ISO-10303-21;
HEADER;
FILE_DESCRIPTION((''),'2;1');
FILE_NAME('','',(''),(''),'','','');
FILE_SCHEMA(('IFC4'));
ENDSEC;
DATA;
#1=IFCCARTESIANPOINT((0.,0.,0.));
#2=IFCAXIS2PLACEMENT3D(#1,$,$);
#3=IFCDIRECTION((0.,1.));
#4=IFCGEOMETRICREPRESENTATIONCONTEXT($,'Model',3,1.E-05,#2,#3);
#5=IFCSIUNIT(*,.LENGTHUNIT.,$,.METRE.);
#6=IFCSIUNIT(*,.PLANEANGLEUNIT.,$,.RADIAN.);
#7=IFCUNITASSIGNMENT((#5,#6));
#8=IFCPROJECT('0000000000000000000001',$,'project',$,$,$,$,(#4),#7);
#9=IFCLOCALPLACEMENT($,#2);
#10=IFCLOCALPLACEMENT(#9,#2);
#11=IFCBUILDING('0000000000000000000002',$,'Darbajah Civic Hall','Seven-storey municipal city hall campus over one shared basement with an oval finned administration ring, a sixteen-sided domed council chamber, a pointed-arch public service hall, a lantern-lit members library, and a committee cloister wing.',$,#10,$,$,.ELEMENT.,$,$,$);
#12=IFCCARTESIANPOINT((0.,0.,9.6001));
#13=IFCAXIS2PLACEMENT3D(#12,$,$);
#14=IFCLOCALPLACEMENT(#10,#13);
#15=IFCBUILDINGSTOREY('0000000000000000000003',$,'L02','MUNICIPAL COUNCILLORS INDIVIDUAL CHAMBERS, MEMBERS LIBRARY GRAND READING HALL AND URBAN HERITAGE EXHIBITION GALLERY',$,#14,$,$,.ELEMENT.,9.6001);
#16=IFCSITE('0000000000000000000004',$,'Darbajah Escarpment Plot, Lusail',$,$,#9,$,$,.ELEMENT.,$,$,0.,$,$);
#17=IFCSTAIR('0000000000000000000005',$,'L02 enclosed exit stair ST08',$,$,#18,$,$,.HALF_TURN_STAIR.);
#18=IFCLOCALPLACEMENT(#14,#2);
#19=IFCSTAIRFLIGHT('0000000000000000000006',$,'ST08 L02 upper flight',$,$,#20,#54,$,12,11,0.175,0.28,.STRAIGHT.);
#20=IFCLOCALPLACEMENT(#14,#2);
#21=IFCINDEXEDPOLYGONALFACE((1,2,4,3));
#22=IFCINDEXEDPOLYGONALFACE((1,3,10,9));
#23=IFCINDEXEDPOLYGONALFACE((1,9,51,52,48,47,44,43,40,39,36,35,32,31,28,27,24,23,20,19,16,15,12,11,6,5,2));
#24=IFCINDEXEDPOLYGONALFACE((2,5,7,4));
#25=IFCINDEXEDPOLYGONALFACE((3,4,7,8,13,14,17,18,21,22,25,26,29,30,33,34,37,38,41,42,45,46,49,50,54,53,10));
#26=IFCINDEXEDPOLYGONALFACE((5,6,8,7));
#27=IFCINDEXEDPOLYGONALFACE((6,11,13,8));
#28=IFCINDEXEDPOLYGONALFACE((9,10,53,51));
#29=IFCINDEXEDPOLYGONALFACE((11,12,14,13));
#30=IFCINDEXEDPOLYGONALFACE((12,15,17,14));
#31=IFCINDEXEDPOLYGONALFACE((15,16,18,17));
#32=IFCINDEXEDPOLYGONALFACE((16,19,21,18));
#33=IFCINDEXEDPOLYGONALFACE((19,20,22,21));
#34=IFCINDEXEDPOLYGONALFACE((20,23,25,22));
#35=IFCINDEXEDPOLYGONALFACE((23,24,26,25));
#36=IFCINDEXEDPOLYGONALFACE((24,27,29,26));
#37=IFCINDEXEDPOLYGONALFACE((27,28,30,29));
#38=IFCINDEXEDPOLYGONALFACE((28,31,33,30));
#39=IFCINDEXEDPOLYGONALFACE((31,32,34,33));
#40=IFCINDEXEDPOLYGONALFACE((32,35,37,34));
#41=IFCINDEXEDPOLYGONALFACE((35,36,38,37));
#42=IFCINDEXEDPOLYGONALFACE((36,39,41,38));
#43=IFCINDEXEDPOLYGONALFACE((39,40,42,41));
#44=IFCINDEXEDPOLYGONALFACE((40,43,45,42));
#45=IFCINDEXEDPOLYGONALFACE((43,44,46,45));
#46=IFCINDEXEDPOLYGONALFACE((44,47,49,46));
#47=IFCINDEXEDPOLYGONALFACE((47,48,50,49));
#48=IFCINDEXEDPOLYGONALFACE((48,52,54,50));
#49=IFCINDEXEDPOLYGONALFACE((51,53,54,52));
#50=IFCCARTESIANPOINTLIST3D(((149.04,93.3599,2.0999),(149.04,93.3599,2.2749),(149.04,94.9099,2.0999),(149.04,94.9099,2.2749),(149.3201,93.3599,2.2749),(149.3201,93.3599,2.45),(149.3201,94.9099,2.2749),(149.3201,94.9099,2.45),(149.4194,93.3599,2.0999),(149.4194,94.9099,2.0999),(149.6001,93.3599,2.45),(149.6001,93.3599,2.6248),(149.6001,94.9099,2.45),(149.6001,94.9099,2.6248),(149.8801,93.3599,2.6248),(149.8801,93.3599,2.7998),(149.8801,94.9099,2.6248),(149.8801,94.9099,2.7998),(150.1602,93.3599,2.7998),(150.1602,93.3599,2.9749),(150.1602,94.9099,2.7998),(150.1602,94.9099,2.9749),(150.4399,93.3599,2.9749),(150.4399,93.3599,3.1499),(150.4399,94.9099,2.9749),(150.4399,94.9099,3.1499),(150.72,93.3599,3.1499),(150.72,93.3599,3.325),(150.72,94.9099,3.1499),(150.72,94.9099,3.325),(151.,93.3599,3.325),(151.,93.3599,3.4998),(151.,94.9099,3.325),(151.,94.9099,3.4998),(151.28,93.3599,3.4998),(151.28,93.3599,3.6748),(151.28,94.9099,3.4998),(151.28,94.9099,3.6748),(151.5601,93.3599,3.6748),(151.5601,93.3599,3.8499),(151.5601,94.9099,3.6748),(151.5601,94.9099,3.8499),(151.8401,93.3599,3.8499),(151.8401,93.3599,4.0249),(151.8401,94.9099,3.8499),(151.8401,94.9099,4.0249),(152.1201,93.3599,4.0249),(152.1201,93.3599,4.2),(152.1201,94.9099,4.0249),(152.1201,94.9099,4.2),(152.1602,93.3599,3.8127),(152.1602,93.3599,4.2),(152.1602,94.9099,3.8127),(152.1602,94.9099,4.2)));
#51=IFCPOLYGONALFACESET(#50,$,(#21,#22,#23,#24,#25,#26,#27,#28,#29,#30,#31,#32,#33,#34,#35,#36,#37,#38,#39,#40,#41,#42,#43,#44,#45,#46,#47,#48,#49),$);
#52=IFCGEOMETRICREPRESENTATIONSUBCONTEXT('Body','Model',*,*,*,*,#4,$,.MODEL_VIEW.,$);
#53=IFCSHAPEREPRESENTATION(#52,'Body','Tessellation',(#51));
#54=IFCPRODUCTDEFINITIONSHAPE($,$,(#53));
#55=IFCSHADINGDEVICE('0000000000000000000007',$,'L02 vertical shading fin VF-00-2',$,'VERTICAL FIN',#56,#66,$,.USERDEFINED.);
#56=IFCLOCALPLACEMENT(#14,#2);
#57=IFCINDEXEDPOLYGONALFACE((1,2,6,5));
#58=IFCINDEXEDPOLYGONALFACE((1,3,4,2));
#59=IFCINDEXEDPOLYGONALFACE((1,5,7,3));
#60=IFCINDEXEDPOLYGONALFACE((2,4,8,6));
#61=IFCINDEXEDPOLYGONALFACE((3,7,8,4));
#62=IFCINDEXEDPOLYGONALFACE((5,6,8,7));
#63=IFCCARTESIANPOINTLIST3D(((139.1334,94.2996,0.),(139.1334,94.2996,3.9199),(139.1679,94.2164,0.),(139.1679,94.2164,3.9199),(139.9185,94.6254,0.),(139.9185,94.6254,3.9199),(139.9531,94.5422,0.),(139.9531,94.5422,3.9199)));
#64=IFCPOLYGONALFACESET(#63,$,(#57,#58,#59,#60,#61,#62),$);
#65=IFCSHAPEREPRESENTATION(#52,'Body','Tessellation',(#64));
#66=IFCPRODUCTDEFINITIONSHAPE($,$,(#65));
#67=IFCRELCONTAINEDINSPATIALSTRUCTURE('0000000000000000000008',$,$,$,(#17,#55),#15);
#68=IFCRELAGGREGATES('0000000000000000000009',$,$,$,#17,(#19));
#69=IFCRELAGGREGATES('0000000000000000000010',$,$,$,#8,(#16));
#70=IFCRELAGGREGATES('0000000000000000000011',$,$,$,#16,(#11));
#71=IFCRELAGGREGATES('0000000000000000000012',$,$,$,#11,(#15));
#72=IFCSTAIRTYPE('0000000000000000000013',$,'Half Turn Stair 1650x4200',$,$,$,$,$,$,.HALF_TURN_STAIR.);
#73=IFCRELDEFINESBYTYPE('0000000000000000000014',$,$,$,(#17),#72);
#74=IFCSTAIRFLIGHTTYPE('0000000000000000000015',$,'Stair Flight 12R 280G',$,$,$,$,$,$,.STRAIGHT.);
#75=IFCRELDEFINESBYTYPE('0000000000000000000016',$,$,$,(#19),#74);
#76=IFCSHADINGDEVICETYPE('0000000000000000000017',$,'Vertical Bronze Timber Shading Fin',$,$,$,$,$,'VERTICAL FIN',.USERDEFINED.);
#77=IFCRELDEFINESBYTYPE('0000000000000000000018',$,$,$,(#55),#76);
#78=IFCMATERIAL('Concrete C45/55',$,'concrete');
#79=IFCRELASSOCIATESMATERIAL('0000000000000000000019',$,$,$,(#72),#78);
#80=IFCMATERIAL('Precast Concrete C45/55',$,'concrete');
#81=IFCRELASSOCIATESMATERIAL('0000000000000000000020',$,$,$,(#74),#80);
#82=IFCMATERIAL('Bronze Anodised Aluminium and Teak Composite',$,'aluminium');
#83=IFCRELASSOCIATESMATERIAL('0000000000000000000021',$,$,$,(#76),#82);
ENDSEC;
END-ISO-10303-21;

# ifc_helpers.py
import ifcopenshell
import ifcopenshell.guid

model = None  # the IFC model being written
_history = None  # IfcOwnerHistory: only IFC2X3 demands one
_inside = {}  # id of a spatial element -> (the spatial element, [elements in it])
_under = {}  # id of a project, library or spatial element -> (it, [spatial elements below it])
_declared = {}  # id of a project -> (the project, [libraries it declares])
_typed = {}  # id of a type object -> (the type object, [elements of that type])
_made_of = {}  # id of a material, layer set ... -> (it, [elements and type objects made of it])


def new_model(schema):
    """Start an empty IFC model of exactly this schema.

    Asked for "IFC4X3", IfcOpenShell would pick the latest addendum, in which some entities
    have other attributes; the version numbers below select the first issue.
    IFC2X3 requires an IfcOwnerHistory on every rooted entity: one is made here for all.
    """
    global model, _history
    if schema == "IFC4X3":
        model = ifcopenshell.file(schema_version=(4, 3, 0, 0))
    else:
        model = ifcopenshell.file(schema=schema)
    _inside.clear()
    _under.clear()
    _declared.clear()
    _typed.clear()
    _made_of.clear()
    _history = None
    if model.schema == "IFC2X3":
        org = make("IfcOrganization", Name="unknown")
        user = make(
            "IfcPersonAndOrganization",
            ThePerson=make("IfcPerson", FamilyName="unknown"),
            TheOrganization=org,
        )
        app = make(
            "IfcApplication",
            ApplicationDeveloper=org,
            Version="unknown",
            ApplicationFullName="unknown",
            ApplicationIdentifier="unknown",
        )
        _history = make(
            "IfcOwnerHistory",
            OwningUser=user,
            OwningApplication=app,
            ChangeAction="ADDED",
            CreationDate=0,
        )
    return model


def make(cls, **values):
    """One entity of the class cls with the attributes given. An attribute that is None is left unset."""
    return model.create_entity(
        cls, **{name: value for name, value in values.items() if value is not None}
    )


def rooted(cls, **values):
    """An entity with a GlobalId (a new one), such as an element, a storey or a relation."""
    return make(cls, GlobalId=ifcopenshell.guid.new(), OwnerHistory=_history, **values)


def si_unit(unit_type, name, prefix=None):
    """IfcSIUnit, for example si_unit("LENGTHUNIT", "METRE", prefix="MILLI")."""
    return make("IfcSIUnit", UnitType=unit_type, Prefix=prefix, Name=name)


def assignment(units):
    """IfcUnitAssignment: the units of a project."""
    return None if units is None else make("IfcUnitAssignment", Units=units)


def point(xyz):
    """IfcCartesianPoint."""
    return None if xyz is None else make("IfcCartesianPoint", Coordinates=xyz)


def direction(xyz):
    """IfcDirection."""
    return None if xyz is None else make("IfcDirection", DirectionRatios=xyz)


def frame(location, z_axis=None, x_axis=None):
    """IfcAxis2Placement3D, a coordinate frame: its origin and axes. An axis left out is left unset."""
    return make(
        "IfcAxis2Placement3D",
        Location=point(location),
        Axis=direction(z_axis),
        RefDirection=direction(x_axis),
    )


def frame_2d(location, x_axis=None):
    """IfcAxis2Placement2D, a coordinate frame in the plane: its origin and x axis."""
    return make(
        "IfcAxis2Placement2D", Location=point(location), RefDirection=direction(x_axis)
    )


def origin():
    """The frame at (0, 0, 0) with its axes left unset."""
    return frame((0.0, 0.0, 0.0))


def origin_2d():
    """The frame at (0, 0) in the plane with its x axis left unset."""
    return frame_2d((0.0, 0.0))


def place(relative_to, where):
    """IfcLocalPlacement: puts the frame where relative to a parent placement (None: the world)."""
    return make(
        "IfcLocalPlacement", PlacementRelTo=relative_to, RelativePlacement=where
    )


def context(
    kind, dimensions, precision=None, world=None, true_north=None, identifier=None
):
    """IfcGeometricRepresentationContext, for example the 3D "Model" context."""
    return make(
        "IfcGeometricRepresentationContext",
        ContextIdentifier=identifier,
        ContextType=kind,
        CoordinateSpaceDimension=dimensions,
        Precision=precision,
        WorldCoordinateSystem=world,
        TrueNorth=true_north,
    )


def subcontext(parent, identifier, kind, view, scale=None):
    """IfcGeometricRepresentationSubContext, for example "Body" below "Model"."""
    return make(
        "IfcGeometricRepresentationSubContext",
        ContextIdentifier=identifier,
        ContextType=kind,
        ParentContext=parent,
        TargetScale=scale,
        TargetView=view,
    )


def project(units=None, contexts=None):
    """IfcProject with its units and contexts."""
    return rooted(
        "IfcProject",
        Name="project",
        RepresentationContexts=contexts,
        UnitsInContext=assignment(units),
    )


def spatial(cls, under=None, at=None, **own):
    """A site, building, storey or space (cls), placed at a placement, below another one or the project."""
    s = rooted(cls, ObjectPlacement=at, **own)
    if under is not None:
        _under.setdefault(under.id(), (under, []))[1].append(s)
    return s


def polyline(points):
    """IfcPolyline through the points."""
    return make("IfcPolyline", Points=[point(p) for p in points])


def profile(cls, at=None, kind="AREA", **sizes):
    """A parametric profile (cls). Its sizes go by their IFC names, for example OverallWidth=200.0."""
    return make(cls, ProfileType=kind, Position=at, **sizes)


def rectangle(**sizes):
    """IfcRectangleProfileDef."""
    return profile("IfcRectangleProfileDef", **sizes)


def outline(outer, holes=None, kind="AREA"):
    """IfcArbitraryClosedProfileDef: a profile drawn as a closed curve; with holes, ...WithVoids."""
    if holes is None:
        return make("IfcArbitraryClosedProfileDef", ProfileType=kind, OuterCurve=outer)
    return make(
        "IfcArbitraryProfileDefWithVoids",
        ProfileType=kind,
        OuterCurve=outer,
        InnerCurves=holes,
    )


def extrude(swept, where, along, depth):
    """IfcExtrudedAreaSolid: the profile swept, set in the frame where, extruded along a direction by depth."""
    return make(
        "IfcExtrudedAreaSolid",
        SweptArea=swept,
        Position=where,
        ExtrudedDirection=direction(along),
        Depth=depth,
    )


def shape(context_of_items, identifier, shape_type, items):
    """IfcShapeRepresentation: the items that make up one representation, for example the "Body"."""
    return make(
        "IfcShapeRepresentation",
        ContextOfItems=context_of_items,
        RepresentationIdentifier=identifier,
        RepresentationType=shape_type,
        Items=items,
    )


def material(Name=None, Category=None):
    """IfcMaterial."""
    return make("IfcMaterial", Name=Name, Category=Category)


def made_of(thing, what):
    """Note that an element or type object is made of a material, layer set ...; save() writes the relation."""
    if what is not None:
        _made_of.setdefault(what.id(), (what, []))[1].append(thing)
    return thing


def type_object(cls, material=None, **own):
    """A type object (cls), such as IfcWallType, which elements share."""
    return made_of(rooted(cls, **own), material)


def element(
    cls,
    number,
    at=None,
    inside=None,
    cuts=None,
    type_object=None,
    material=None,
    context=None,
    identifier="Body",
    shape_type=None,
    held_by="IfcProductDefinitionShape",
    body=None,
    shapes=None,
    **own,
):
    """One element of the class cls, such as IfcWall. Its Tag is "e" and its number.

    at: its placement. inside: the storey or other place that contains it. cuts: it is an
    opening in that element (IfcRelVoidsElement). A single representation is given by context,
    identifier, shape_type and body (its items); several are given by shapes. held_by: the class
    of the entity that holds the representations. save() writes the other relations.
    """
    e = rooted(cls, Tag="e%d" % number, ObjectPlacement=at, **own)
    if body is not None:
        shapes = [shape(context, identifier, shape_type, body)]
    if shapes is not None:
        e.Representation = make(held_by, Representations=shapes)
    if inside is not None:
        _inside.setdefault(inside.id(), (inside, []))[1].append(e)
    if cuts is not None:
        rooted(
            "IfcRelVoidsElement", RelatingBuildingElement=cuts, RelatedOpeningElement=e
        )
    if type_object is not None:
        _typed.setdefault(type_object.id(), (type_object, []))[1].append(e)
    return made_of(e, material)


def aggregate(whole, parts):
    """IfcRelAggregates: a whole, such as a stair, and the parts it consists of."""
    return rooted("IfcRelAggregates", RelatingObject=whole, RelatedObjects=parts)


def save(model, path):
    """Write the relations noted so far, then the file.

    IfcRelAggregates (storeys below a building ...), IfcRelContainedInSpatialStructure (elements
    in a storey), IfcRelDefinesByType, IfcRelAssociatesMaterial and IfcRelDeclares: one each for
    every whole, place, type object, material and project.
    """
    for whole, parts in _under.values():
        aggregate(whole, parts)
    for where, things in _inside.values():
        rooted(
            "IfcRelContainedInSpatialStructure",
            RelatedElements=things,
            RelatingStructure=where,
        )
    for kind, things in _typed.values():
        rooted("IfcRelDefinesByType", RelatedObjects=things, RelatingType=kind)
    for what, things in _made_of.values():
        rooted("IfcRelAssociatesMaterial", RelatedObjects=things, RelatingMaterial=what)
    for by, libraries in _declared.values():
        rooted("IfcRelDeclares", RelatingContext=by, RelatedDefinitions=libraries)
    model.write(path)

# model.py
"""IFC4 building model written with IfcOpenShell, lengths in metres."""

from ifc_helpers import new_model, si_unit, direction, frame, origin, origin_2d, place, context, subcontext, project, spatial, polyline, rectangle, outline, extrude, material, type_object, element, aggregate, save


model = new_model("IFC4")

# Units and contexts
model_context = context("Model", 3, precision=1e-05, world=origin(), true_north=direction((0.0, 1.0)))
body_context = subcontext(model_context, "Body", "Model", "MODEL_VIEW")
ifc_project = project(units=[si_unit("LENGTHUNIT", "METRE"), si_unit("PLANEANGLEUNIT", "RADIAN")], contexts=[model_context])

# Site, building, storey
site_placement = place(None, origin())
site = spatial("IfcSite", under=ifc_project, at=site_placement, Name="Darbajah Escarpment Plot, Lusail", CompositionType="ELEMENT", RefElevation=0.0)
building_placement = place(site_placement, origin())
building = spatial("IfcBuilding", under=site, at=building_placement, Name="Darbajah Civic Hall", Description="Seven-storey municipal city hall campus over one shared basement with an oval finned administration ring, a sixteen-sided domed council chamber, a pointed-arch public service hall, a lantern-lit members library, and a committee cloister wing.", CompositionType="ELEMENT")
storey_placement = place(building_placement, frame((0.0, 0.0, 9.6001)))
storey = spatial("IfcBuildingStorey", under=building, at=storey_placement, Name="L02", Description="MUNICIPAL COUNCILLORS INDIVIDUAL CHAMBERS, MEMBERS LIBRARY GRAND READING HALL AND URBAN HERITAGE EXHIBITION GALLERY", CompositionType="ELEMENT", Elevation=9.6001)

# Shared definitions
ifc_material_1 = material(Name="Concrete C45/55", Category="concrete")

# Stair, stair flight
stair_type = type_object("IfcStairType", Name="Half Turn Stair 1650x4200", PredefinedType="HALF_TURN_STAIR", material=ifc_material_1)
stair_placement = place(storey_placement, origin())
stair = element("IfcStair", 1, at=stair_placement, inside=storey, type_object=stair_type, Name="L02 enclosed exit stair ST08", PredefinedType="HALF_TURN_STAIR")
ifc_material_2 = material(Name="Precast Concrete C45/55", Category="concrete")
stair_flight_type = type_object("IfcStairFlightType", Name="Stair Flight 12R 280G", PredefinedType="STRAIGHT", material=ifc_material_2)
stair_flight_placement = place(storey_placement, frame((149.04, 94.135, 2.0999), z_axis=(0.0, 0.0, 1.0), x_axis=(1.0, 0.0, 0.0)))
stair_flight = element("IfcStairFlight", 2, at=stair_flight_placement, type_object=stair_flight_type, Name="ST08 L02 upper flight", NumberOfRisers=12, NumberOfTreads=11, PredefinedType="STRAIGHT", RiserHeight=0.175, TreadLength=0.28, context=body_context, shape_type="SweptSolid", body=[
    extrude(outline(polyline([(0.0, 0.0), (0.0, 0.175), (0.28, 0.175), (0.28, 0.3501), (0.5601, 0.3501), (0.5601, 0.5249), (0.8401, 0.5249), (0.8401, 0.7), (1.1201, 0.7), (1.1201, 0.875), (1.3999, 0.875), (1.3999, 1.05), (1.6799, 1.05), (1.6799, 1.2251), (1.96, 1.2251), (1.96, 1.3999), (2.24, 1.3999), (2.24, 1.575), (2.52, 1.575), (2.52, 1.75), (2.8, 1.75), (2.8, 1.925), (3.0801, 1.925), (3.0801, 2.1001), (3.1201, 2.1001), (3.1201, 1.7129), (0.3794, 0.0), (0.0, 0.0)])), frame((0.0, 0.7749, 0.0), z_axis=(0.0, -1.0, 0.0), x_axis=(1.0, 0.0, 0.0)), (0.0, 0.0, 1.0), 1.55),
])
aggregate(stair, [stair_flight])

# Shading device
ifc_material_3 = material(Name="Bronze Anodised Aluminium and Teak Composite", Category="aluminium")
shading_device_type = type_object("IfcShadingDeviceType", Name="Vertical Bronze Timber Shading Fin", ElementType="VERTICAL FIN", PredefinedType="USERDEFINED", material=ifc_material_3)
shading_device_placement = place(storey_placement, frame((139.5432, 94.4209, 0.0), z_axis=(0.0, 0.0, 1.0), x_axis=(0.923612, 0.383328, 0.0)))
element("IfcShadingDevice", 3, at=shading_device_placement, inside=storey, type_object=shading_device_type, Name="L02 vertical shading fin VF-00-2", ObjectType="VERTICAL FIN", PredefinedType="USERDEFINED", context=body_context, shape_type="SweptSolid", body=[
    extrude(rectangle(XDim=0.8501, YDim=0.0901, at=origin_2d()), origin(), (0.0, 0.0, 1.0), 3.9199),
])

save(model, "model.ifc")
